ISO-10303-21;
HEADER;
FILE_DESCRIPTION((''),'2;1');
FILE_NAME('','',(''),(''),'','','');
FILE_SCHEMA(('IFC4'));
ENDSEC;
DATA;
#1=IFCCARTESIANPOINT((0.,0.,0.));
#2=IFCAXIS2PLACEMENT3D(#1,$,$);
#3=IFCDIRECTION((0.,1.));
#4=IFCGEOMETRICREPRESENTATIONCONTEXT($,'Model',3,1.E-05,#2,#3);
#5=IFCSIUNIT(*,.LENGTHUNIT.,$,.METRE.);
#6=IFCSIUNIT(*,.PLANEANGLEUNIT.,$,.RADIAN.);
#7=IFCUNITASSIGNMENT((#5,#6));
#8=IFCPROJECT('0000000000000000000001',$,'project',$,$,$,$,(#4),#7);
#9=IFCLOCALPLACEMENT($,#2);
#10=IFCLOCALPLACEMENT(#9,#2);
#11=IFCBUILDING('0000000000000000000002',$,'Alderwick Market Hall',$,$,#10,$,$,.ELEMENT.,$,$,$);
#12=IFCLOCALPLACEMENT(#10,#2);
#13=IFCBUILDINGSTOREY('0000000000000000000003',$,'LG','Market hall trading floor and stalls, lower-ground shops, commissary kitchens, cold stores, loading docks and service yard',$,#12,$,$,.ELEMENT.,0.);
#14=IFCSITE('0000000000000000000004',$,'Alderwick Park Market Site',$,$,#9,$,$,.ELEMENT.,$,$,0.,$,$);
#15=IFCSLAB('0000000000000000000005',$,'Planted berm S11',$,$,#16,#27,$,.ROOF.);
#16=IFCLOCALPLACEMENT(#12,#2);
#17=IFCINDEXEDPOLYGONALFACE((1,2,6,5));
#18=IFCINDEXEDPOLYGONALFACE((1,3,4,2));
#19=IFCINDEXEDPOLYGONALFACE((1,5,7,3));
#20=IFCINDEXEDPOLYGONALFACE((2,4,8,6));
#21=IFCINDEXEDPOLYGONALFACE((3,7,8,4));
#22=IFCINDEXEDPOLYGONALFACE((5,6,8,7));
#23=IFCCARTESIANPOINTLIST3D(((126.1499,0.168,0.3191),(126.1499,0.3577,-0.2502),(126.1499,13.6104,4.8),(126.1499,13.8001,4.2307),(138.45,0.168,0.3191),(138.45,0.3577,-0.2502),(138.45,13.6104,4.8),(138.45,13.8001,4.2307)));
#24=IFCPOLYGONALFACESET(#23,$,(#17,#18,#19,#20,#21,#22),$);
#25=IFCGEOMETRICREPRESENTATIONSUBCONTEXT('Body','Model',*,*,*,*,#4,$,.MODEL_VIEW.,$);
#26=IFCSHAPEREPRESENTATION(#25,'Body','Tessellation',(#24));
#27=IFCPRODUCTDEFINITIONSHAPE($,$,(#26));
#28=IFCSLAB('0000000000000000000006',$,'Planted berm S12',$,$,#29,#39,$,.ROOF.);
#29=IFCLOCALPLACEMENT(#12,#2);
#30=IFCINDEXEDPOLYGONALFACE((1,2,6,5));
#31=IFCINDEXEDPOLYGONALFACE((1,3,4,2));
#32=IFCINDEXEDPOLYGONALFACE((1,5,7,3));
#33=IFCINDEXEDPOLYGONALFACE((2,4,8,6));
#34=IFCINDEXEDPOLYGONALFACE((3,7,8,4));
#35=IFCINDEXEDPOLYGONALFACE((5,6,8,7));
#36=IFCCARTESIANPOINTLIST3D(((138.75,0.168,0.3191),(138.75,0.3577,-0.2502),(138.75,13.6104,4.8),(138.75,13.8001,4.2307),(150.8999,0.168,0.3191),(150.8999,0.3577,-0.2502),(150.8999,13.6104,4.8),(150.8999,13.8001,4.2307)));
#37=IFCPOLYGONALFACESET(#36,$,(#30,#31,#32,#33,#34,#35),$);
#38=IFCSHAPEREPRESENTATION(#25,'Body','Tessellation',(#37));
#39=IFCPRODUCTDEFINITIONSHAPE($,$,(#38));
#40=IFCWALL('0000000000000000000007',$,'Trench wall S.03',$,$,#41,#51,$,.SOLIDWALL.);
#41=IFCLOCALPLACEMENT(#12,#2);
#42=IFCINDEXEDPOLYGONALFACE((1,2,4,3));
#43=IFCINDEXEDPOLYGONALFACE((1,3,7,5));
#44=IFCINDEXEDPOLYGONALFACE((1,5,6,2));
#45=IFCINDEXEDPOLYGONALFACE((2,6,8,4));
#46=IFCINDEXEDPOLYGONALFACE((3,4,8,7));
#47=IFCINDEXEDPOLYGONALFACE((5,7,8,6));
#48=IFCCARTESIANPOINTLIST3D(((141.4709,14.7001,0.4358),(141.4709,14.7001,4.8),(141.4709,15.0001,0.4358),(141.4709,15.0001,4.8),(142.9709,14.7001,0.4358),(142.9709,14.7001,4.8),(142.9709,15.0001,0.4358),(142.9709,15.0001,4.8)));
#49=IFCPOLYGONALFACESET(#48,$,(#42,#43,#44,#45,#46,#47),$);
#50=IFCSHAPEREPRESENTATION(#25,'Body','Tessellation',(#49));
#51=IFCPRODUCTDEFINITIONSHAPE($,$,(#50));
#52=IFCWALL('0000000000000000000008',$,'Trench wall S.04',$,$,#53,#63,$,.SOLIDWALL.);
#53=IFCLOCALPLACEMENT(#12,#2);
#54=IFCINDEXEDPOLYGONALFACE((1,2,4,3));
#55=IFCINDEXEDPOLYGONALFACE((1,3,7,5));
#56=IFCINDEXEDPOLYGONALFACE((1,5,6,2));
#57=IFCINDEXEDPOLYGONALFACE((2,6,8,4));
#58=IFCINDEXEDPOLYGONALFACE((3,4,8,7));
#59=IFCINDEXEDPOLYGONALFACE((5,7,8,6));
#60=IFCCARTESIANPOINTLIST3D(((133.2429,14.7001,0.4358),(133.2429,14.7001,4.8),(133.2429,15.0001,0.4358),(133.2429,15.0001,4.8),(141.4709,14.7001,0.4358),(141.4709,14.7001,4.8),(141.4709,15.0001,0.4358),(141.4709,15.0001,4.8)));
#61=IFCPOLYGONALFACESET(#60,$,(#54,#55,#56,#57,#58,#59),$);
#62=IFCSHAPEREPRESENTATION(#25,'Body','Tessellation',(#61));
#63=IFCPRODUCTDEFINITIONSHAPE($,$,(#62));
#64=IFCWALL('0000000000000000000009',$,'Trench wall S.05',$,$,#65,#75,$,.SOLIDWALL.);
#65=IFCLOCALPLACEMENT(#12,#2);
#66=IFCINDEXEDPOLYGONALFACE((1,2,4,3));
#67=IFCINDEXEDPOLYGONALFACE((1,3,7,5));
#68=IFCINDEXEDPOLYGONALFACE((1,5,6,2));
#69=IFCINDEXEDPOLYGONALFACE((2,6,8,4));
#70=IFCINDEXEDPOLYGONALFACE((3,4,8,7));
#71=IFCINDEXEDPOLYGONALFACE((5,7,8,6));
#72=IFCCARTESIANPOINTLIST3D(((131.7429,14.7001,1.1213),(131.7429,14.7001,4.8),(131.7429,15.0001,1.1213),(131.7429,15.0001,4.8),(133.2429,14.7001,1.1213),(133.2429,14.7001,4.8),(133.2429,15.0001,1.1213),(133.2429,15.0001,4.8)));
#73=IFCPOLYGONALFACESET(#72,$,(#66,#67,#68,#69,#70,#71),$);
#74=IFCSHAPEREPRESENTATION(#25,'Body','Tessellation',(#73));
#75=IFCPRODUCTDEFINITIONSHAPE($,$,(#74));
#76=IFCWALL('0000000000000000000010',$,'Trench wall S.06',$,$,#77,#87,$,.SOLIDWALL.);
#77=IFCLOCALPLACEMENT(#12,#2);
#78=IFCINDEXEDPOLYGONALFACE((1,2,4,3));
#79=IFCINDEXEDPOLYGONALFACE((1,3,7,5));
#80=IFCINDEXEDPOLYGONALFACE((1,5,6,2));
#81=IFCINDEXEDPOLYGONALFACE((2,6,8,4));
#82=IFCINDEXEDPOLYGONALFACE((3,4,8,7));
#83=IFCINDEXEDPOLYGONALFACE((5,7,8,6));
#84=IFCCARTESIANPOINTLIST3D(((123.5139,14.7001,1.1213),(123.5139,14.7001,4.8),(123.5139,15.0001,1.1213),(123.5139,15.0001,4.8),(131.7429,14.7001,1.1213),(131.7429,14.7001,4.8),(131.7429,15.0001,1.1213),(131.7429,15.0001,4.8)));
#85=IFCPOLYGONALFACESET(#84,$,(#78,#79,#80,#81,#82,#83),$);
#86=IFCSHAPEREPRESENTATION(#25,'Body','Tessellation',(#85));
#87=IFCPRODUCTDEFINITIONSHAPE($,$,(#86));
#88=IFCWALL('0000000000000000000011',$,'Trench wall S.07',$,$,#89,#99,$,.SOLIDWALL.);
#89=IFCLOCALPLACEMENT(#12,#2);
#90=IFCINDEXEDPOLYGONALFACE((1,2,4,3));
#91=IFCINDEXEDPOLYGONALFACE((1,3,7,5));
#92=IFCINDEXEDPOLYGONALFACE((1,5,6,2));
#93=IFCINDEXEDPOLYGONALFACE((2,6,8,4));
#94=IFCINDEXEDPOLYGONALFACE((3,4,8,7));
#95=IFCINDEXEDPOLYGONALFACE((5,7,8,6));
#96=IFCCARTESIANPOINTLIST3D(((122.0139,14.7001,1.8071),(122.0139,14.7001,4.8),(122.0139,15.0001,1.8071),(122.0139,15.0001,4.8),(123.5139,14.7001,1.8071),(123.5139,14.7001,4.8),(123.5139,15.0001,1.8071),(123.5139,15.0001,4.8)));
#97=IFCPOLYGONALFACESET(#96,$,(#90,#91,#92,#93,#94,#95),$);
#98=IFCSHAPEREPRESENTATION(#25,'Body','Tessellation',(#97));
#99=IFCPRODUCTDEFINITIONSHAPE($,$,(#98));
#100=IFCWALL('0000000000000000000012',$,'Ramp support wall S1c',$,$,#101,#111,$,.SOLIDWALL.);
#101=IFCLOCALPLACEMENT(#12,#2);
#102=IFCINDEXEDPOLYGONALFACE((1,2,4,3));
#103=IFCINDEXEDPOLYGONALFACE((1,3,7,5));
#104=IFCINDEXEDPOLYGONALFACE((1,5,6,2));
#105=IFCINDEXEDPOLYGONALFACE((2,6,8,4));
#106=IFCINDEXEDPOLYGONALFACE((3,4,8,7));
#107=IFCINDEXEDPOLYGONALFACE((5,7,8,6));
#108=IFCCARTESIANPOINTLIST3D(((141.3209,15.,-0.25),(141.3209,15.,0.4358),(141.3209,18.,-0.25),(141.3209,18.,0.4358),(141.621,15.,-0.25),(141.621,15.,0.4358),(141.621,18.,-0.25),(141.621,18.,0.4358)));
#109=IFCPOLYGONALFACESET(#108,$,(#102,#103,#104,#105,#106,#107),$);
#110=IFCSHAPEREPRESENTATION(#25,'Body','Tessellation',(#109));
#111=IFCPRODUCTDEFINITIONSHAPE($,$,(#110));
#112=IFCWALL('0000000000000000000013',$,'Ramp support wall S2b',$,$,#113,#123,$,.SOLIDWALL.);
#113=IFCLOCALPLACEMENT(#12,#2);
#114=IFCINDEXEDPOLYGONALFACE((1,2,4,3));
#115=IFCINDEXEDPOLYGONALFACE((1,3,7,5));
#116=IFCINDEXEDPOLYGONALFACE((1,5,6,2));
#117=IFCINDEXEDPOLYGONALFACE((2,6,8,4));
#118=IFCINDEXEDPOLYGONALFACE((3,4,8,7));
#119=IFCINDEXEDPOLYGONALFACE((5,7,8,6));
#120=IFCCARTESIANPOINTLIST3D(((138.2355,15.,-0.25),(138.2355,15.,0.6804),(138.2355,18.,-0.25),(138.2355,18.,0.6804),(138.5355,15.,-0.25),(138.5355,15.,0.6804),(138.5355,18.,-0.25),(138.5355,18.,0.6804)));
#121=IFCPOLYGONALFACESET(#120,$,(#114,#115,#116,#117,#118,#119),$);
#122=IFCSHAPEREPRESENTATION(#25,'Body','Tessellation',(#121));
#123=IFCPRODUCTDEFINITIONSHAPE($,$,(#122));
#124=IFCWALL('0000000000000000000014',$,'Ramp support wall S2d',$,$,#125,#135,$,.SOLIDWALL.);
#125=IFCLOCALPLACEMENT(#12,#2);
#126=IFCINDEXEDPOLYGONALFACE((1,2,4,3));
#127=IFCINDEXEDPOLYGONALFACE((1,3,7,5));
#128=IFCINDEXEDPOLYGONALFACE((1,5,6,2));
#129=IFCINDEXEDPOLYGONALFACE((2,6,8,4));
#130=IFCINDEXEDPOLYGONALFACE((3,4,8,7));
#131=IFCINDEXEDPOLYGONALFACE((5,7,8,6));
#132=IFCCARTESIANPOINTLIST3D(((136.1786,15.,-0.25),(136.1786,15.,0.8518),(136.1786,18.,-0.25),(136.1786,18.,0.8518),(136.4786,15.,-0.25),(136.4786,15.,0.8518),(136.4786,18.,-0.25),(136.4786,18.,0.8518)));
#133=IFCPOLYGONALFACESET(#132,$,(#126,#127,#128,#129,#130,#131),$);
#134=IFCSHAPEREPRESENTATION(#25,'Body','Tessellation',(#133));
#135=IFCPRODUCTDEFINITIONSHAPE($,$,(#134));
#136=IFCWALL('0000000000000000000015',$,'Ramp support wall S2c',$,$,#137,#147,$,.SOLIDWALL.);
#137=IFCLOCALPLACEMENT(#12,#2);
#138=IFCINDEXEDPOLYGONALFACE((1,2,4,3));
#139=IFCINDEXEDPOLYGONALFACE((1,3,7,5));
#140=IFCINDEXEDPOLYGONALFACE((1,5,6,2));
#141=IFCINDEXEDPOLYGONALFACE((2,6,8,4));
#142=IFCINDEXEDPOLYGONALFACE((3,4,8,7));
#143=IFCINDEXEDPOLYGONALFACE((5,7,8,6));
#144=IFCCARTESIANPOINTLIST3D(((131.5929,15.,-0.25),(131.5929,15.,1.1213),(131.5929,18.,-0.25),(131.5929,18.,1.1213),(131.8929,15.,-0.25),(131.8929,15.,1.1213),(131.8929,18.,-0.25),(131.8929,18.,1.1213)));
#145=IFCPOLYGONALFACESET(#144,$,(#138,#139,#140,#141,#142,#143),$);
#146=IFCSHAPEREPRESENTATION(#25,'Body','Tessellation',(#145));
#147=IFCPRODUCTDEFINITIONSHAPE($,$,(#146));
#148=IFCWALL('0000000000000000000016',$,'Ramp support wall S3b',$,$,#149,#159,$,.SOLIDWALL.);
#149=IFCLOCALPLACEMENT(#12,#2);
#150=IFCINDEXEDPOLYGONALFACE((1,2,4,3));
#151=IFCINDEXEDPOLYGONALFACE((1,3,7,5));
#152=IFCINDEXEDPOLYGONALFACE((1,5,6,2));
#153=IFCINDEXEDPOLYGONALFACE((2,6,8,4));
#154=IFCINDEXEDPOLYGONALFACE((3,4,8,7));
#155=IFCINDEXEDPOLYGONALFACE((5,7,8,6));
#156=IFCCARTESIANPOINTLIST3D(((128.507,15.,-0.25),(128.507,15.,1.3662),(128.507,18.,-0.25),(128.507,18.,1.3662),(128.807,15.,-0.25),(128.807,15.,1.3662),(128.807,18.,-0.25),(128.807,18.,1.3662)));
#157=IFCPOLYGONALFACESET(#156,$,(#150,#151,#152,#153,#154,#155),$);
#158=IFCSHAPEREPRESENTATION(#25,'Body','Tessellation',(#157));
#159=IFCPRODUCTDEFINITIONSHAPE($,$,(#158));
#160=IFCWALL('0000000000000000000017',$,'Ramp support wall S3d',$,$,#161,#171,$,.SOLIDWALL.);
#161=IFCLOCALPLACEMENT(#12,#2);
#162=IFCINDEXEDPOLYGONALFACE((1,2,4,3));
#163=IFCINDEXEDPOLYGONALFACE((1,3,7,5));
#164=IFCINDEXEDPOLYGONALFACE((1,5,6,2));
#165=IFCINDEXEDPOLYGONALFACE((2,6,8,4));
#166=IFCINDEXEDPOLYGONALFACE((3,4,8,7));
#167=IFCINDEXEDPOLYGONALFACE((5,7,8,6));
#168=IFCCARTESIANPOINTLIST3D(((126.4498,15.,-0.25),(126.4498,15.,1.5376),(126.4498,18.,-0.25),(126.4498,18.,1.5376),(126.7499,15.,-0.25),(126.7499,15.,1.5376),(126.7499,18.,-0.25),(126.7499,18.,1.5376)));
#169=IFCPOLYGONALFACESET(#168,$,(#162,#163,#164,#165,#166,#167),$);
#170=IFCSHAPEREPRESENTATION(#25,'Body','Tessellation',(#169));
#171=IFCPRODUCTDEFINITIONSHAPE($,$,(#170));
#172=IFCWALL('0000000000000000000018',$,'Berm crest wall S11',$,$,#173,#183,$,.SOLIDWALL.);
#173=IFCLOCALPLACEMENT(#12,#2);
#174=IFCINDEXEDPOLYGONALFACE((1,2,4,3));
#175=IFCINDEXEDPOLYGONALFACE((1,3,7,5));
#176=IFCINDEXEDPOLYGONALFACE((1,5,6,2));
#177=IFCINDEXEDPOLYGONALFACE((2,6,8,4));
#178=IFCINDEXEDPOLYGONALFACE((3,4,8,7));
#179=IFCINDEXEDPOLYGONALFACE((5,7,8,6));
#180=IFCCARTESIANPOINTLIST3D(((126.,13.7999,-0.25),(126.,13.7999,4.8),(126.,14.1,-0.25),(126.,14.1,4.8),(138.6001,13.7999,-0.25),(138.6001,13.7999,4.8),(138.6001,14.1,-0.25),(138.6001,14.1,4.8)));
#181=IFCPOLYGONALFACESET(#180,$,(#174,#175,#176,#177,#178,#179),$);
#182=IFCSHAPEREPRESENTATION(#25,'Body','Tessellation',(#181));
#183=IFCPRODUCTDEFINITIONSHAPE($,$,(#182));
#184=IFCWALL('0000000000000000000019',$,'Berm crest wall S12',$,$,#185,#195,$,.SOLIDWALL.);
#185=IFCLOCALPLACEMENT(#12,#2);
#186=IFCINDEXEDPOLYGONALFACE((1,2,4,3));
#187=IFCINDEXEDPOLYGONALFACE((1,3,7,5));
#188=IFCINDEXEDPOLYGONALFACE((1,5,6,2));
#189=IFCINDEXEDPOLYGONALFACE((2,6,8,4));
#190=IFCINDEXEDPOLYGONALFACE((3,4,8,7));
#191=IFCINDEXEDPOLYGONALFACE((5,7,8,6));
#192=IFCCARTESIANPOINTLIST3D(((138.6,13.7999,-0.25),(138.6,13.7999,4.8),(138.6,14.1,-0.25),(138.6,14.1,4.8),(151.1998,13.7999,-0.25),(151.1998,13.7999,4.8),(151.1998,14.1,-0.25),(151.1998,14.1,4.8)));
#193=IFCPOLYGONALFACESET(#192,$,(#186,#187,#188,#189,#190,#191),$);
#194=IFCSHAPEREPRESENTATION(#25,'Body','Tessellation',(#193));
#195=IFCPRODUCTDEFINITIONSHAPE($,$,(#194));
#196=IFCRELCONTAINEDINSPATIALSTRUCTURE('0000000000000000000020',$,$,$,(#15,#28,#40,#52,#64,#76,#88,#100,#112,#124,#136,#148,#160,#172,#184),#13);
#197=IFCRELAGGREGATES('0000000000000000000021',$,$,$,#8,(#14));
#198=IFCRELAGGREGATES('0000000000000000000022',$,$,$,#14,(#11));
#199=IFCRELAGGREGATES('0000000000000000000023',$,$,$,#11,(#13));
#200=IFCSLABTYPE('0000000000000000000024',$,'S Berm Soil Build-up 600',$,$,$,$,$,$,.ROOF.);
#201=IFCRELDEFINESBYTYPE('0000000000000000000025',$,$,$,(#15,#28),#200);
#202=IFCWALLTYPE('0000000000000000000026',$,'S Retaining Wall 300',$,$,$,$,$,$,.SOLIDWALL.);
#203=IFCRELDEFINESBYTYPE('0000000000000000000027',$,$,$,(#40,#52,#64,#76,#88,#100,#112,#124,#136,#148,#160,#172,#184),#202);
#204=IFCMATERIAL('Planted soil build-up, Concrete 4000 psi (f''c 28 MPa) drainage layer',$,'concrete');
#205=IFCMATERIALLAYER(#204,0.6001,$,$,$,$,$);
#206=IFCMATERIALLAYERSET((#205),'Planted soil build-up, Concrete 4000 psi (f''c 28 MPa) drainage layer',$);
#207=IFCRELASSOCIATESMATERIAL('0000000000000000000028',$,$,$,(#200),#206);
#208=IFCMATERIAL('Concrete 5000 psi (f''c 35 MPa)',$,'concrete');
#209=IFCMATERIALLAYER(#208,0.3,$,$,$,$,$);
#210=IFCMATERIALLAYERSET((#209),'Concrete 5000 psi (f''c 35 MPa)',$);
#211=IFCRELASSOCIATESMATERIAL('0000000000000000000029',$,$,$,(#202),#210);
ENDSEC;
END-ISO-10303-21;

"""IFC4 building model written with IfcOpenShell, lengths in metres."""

from ifc_helpers import new_model, si_unit, direction, frame, frame_2d, origin, place, context, subcontext, project, spatial, polyline, rectangle, outline, extrude, material, layer, layer_set, type_object, element, save


model = new_model("IFC4")

# Units and contexts
model_context = context("Model", 3, precision=1e-05, world=origin(), true_north=direction((0.0, 1.0)))
body_context = subcontext(model_context, "Body", "Model", "MODEL_VIEW")
ifc_project = project(units=[si_unit("LENGTHUNIT", "METRE"), si_unit("PLANEANGLEUNIT", "RADIAN")], contexts=[model_context])

# Site, building, storey
site_placement = place(None, origin())
site = spatial("IfcSite", under=ifc_project, at=site_placement, Name="Alderwick Park Market Site", CompositionType="ELEMENT", RefElevation=0.0)
building_placement = place(site_placement, origin())
building = spatial("IfcBuilding", under=site, at=building_placement, Name="Alderwick Market Hall", CompositionType="ELEMENT")
storey_placement = place(building_placement, origin())
storey = spatial("IfcBuildingStorey", under=building, at=storey_placement, Name="LG", Description="Market hall trading floor and stalls, lower-ground shops, commissary kitchens, cold stores, loading docks and service yard", CompositionType="ELEMENT", Elevation=0.0)

# Slabs
ifc_material_1 = material(Name="Planted soil build-up, Concrete 4000 psi (f'c 28 MPa) drainage layer", Category="concrete")
ifc_layer_1 = layer(ifc_material_1, 0.6001)
ifc_layer_set_1 = layer_set([ifc_layer_1], Name="Planted soil build-up, Concrete 4000 psi (f'c 28 MPa) drainage layer")
slab_type = type_object("IfcSlabType", Name="S Berm Soil Build-up 600", PredefinedType="ROOF", material=ifc_layer_set_1)
slab_1_placement = place(storey_placement, frame((126.1499, 0.168, 0.3191), z_axis=(0.0, -0.316238, 0.94868), x_axis=(1.0, 0.0, 0.0)))
element("IfcSlab", 1, at=slab_1_placement, inside=storey, type_object=slab_type, Name="Planted berm S11", PredefinedType="ROOF", context=body_context, shape_type="SweptSolid", body=[
    extrude(outline(polyline([(0.0, 0.0), (12.3, 0.0), (12.3, 14.1696), (0.0, 14.1696), (0.0, 0.0)])), origin(), (0.0, 0.0, -1.0), 0.6001),
])
slab_2_placement = place(storey_placement, frame((138.75, 0.168, 0.3191), z_axis=(0.0, -0.316238, 0.94868), x_axis=(1.0, 0.0, 0.0)))
element("IfcSlab", 2, at=slab_2_placement, inside=storey, type_object=slab_type, Name="Planted berm S12", PredefinedType="ROOF", context=body_context, shape_type="SweptSolid", body=[
    extrude(outline(polyline([(0.0, 0.0), (12.1499, 0.0), (12.1499, 14.1696), (0.0, 14.1696), (0.0, 0.0)])), origin(), (0.0, 0.0, -1.0), 0.6001),
])

# Walls
ifc_material_2 = material(Name="Concrete 5000 psi (f'c 35 MPa)", Category="concrete")
ifc_layer_2 = layer(ifc_material_2, 0.3)
ifc_layer_set_2 = layer_set([ifc_layer_2], Name="Concrete 5000 psi (f'c 35 MPa)")
wall_type = type_object("IfcWallType", Name="S Retaining Wall 300", PredefinedType="SOLIDWALL", material=ifc_layer_set_2)
wall_1_placement = place(storey_placement, frame((142.9709, 14.8501, 0.4358), z_axis=(0.0, 0.0, 1.0), x_axis=(-1.0, 0.0, 0.0)))
element("IfcWall", 3, at=wall_1_placement, inside=storey, type_object=wall_type, Name="Trench wall S.03", PredefinedType="SOLIDWALL", context=body_context, shape_type="SweptSolid", body=[
    extrude(rectangle(XDim=1.5, YDim=0.3, at=frame_2d((0.75, 0.0))), origin(), (0.0, 0.0, 1.0), 4.3643),
])
wall_2_placement = place(storey_placement, frame((141.4709, 14.8501, 0.4358), z_axis=(0.0, 0.0, 1.0), x_axis=(-1.0, 0.0, 0.0)))
element("IfcWall", 4, at=wall_2_placement, inside=storey, type_object=wall_type, Name="Trench wall S.04", PredefinedType="SOLIDWALL", context=body_context, shape_type="SweptSolid", body=[
    extrude(rectangle(XDim=8.228, YDim=0.3, at=frame_2d((4.114, 0.0))), origin(), (0.0, 0.0, 1.0), 4.3643),
])
wall_3_placement = place(storey_placement, frame((133.2429, 14.8501, 1.1213), z_axis=(0.0, 0.0, 1.0), x_axis=(-1.0, 0.0, 0.0)))
element("IfcWall", 5, at=wall_3_placement, inside=storey, type_object=wall_type, Name="Trench wall S.05", PredefinedType="SOLIDWALL", context=body_context, shape_type="SweptSolid", body=[
    extrude(rectangle(XDim=1.5, YDim=0.3, at=frame_2d((0.75, 0.0))), origin(), (0.0, 0.0, 1.0), 3.6787),
])
wall_4_placement = place(storey_placement, frame((131.7429, 14.8501, 1.1213), z_axis=(0.0, 0.0, 1.0), x_axis=(-1.0, 0.0, 0.0)))
element("IfcWall", 6, at=wall_4_placement, inside=storey, type_object=wall_type, Name="Trench wall S.06", PredefinedType="SOLIDWALL", context=body_context, shape_type="SweptSolid", body=[
    extrude(rectangle(XDim=8.229, YDim=0.3, at=frame_2d((4.1145, 0.0))), origin(), (0.0, 0.0, 1.0), 3.6787),
])
wall_5_placement = place(storey_placement, frame((123.5139, 14.8501, 1.8071), z_axis=(0.0, 0.0, 1.0), x_axis=(-1.0, 0.0, 0.0)))
element("IfcWall", 7, at=wall_5_placement, inside=storey, type_object=wall_type, Name="Trench wall S.07", PredefinedType="SOLIDWALL", context=body_context, shape_type="SweptSolid", body=[
    extrude(rectangle(XDim=1.5, YDim=0.3, at=frame_2d((0.75, 0.0))), origin(), (0.0, 0.0, 1.0), 2.9929),
])
wall_6_placement = place(storey_placement, frame((141.4709, 15.0, -0.25), z_axis=(0.0, 0.0, 1.0), x_axis=(0.0, 1.0, 0.0)))
element("IfcWall", 8, at=wall_6_placement, inside=storey, type_object=wall_type, Name="Ramp support wall S1c", PredefinedType="SOLIDWALL", context=body_context, shape_type="SweptSolid", body=[
    extrude(rectangle(XDim=3.0, YDim=0.3, at=frame_2d((1.5, 0.0))), origin(), (0.0, 0.0, 1.0), 0.6858),
])
wall_7_placement = place(storey_placement, frame((138.3855, 15.0, -0.25), z_axis=(0.0, 0.0, 1.0), x_axis=(0.0, 1.0, 0.0)))
element("IfcWall", 9, at=wall_7_placement, inside=storey, type_object=wall_type, Name="Ramp support wall S2b", PredefinedType="SOLIDWALL", context=body_context, shape_type="SweptSolid", body=[
    extrude(rectangle(XDim=3.0, YDim=0.3, at=frame_2d((1.5, 0.0))), origin(), (0.0, 0.0, 1.0), 0.9304),
])
wall_8_placement = place(storey_placement, frame((136.3286, 15.0, -0.25), z_axis=(0.0, 0.0, 1.0), x_axis=(0.0, 1.0, 0.0)))
element("IfcWall", 10, at=wall_8_placement, inside=storey, type_object=wall_type, Name="Ramp support wall S2d", PredefinedType="SOLIDWALL", context=body_context, shape_type="SweptSolid", body=[
    extrude(rectangle(XDim=3.0, YDim=0.3, at=frame_2d((1.5, 0.0))), origin(), (0.0, 0.0, 1.0), 1.1018),
])
wall_9_placement = place(storey_placement, frame((131.7429, 15.0, -0.25), z_axis=(0.0, 0.0, 1.0), x_axis=(0.0, 1.0, 0.0)))
element("IfcWall", 11, at=wall_9_placement, inside=storey, type_object=wall_type, Name="Ramp support wall S2c", PredefinedType="SOLIDWALL", context=body_context, shape_type="SweptSolid", body=[
    extrude(rectangle(XDim=3.0, YDim=0.3, at=frame_2d((1.5, 0.0))), origin(), (0.0, 0.0, 1.0), 1.3713),
])
wall_10_placement = place(storey_placement, frame((128.657, 15.0, -0.25), z_axis=(0.0, 0.0, 1.0), x_axis=(0.0, 1.0, 0.0)))
element("IfcWall", 12, at=wall_10_placement, inside=storey, type_object=wall_type, Name="Ramp support wall S3b", PredefinedType="SOLIDWALL", context=body_context, shape_type="SweptSolid", body=[
    extrude(rectangle(XDim=3.0, YDim=0.3, at=frame_2d((1.5, 0.0))), origin(), (0.0, 0.0, 1.0), 1.6162),
])
wall_11_placement = place(storey_placement, frame((126.5999, 15.0, -0.25), z_axis=(0.0, 0.0, 1.0), x_axis=(0.0, 1.0, 0.0)))
element("IfcWall", 13, at=wall_11_placement, inside=storey, type_object=wall_type, Name="Ramp support wall S3d", PredefinedType="SOLIDWALL", context=body_context, shape_type="SweptSolid", body=[
    extrude(rectangle(XDim=3.0, YDim=0.3, at=frame_2d((1.5, 0.0))), origin(), (0.0, 0.0, 1.0), 1.7876),
])
wall_12_placement = place(storey_placement, frame((126.0, 13.95, -0.25), z_axis=(0.0, 0.0, 1.0), x_axis=(1.0, 0.0, 0.0)))
element("IfcWall", 14, at=wall_12_placement, inside=storey, type_object=wall_type, Name="Berm crest wall S11", PredefinedType="SOLIDWALL", context=body_context, shape_type="SweptSolid", body=[
    extrude(rectangle(XDim=12.6001, YDim=0.3, at=frame_2d((6.3, 0.0))), origin(), (0.0, 0.0, 1.0), 5.05),
])
wall_13_placement = place(storey_placement, frame((138.6001, 13.95, -0.25), z_axis=(0.0, 0.0, 1.0), x_axis=(1.0, 0.0, 0.0)))
element("IfcWall", 15, at=wall_13_placement, inside=storey, type_object=wall_type, Name="Berm crest wall S12", PredefinedType="SOLIDWALL", context=body_context, shape_type="SweptSolid", body=[
    extrude(rectangle(XDim=12.5999, YDim=0.3, at=frame_2d((6.2998, 0.0))), origin(), (0.0, 0.0, 1.0), 5.05),
])

save(model, "model.ifc")
